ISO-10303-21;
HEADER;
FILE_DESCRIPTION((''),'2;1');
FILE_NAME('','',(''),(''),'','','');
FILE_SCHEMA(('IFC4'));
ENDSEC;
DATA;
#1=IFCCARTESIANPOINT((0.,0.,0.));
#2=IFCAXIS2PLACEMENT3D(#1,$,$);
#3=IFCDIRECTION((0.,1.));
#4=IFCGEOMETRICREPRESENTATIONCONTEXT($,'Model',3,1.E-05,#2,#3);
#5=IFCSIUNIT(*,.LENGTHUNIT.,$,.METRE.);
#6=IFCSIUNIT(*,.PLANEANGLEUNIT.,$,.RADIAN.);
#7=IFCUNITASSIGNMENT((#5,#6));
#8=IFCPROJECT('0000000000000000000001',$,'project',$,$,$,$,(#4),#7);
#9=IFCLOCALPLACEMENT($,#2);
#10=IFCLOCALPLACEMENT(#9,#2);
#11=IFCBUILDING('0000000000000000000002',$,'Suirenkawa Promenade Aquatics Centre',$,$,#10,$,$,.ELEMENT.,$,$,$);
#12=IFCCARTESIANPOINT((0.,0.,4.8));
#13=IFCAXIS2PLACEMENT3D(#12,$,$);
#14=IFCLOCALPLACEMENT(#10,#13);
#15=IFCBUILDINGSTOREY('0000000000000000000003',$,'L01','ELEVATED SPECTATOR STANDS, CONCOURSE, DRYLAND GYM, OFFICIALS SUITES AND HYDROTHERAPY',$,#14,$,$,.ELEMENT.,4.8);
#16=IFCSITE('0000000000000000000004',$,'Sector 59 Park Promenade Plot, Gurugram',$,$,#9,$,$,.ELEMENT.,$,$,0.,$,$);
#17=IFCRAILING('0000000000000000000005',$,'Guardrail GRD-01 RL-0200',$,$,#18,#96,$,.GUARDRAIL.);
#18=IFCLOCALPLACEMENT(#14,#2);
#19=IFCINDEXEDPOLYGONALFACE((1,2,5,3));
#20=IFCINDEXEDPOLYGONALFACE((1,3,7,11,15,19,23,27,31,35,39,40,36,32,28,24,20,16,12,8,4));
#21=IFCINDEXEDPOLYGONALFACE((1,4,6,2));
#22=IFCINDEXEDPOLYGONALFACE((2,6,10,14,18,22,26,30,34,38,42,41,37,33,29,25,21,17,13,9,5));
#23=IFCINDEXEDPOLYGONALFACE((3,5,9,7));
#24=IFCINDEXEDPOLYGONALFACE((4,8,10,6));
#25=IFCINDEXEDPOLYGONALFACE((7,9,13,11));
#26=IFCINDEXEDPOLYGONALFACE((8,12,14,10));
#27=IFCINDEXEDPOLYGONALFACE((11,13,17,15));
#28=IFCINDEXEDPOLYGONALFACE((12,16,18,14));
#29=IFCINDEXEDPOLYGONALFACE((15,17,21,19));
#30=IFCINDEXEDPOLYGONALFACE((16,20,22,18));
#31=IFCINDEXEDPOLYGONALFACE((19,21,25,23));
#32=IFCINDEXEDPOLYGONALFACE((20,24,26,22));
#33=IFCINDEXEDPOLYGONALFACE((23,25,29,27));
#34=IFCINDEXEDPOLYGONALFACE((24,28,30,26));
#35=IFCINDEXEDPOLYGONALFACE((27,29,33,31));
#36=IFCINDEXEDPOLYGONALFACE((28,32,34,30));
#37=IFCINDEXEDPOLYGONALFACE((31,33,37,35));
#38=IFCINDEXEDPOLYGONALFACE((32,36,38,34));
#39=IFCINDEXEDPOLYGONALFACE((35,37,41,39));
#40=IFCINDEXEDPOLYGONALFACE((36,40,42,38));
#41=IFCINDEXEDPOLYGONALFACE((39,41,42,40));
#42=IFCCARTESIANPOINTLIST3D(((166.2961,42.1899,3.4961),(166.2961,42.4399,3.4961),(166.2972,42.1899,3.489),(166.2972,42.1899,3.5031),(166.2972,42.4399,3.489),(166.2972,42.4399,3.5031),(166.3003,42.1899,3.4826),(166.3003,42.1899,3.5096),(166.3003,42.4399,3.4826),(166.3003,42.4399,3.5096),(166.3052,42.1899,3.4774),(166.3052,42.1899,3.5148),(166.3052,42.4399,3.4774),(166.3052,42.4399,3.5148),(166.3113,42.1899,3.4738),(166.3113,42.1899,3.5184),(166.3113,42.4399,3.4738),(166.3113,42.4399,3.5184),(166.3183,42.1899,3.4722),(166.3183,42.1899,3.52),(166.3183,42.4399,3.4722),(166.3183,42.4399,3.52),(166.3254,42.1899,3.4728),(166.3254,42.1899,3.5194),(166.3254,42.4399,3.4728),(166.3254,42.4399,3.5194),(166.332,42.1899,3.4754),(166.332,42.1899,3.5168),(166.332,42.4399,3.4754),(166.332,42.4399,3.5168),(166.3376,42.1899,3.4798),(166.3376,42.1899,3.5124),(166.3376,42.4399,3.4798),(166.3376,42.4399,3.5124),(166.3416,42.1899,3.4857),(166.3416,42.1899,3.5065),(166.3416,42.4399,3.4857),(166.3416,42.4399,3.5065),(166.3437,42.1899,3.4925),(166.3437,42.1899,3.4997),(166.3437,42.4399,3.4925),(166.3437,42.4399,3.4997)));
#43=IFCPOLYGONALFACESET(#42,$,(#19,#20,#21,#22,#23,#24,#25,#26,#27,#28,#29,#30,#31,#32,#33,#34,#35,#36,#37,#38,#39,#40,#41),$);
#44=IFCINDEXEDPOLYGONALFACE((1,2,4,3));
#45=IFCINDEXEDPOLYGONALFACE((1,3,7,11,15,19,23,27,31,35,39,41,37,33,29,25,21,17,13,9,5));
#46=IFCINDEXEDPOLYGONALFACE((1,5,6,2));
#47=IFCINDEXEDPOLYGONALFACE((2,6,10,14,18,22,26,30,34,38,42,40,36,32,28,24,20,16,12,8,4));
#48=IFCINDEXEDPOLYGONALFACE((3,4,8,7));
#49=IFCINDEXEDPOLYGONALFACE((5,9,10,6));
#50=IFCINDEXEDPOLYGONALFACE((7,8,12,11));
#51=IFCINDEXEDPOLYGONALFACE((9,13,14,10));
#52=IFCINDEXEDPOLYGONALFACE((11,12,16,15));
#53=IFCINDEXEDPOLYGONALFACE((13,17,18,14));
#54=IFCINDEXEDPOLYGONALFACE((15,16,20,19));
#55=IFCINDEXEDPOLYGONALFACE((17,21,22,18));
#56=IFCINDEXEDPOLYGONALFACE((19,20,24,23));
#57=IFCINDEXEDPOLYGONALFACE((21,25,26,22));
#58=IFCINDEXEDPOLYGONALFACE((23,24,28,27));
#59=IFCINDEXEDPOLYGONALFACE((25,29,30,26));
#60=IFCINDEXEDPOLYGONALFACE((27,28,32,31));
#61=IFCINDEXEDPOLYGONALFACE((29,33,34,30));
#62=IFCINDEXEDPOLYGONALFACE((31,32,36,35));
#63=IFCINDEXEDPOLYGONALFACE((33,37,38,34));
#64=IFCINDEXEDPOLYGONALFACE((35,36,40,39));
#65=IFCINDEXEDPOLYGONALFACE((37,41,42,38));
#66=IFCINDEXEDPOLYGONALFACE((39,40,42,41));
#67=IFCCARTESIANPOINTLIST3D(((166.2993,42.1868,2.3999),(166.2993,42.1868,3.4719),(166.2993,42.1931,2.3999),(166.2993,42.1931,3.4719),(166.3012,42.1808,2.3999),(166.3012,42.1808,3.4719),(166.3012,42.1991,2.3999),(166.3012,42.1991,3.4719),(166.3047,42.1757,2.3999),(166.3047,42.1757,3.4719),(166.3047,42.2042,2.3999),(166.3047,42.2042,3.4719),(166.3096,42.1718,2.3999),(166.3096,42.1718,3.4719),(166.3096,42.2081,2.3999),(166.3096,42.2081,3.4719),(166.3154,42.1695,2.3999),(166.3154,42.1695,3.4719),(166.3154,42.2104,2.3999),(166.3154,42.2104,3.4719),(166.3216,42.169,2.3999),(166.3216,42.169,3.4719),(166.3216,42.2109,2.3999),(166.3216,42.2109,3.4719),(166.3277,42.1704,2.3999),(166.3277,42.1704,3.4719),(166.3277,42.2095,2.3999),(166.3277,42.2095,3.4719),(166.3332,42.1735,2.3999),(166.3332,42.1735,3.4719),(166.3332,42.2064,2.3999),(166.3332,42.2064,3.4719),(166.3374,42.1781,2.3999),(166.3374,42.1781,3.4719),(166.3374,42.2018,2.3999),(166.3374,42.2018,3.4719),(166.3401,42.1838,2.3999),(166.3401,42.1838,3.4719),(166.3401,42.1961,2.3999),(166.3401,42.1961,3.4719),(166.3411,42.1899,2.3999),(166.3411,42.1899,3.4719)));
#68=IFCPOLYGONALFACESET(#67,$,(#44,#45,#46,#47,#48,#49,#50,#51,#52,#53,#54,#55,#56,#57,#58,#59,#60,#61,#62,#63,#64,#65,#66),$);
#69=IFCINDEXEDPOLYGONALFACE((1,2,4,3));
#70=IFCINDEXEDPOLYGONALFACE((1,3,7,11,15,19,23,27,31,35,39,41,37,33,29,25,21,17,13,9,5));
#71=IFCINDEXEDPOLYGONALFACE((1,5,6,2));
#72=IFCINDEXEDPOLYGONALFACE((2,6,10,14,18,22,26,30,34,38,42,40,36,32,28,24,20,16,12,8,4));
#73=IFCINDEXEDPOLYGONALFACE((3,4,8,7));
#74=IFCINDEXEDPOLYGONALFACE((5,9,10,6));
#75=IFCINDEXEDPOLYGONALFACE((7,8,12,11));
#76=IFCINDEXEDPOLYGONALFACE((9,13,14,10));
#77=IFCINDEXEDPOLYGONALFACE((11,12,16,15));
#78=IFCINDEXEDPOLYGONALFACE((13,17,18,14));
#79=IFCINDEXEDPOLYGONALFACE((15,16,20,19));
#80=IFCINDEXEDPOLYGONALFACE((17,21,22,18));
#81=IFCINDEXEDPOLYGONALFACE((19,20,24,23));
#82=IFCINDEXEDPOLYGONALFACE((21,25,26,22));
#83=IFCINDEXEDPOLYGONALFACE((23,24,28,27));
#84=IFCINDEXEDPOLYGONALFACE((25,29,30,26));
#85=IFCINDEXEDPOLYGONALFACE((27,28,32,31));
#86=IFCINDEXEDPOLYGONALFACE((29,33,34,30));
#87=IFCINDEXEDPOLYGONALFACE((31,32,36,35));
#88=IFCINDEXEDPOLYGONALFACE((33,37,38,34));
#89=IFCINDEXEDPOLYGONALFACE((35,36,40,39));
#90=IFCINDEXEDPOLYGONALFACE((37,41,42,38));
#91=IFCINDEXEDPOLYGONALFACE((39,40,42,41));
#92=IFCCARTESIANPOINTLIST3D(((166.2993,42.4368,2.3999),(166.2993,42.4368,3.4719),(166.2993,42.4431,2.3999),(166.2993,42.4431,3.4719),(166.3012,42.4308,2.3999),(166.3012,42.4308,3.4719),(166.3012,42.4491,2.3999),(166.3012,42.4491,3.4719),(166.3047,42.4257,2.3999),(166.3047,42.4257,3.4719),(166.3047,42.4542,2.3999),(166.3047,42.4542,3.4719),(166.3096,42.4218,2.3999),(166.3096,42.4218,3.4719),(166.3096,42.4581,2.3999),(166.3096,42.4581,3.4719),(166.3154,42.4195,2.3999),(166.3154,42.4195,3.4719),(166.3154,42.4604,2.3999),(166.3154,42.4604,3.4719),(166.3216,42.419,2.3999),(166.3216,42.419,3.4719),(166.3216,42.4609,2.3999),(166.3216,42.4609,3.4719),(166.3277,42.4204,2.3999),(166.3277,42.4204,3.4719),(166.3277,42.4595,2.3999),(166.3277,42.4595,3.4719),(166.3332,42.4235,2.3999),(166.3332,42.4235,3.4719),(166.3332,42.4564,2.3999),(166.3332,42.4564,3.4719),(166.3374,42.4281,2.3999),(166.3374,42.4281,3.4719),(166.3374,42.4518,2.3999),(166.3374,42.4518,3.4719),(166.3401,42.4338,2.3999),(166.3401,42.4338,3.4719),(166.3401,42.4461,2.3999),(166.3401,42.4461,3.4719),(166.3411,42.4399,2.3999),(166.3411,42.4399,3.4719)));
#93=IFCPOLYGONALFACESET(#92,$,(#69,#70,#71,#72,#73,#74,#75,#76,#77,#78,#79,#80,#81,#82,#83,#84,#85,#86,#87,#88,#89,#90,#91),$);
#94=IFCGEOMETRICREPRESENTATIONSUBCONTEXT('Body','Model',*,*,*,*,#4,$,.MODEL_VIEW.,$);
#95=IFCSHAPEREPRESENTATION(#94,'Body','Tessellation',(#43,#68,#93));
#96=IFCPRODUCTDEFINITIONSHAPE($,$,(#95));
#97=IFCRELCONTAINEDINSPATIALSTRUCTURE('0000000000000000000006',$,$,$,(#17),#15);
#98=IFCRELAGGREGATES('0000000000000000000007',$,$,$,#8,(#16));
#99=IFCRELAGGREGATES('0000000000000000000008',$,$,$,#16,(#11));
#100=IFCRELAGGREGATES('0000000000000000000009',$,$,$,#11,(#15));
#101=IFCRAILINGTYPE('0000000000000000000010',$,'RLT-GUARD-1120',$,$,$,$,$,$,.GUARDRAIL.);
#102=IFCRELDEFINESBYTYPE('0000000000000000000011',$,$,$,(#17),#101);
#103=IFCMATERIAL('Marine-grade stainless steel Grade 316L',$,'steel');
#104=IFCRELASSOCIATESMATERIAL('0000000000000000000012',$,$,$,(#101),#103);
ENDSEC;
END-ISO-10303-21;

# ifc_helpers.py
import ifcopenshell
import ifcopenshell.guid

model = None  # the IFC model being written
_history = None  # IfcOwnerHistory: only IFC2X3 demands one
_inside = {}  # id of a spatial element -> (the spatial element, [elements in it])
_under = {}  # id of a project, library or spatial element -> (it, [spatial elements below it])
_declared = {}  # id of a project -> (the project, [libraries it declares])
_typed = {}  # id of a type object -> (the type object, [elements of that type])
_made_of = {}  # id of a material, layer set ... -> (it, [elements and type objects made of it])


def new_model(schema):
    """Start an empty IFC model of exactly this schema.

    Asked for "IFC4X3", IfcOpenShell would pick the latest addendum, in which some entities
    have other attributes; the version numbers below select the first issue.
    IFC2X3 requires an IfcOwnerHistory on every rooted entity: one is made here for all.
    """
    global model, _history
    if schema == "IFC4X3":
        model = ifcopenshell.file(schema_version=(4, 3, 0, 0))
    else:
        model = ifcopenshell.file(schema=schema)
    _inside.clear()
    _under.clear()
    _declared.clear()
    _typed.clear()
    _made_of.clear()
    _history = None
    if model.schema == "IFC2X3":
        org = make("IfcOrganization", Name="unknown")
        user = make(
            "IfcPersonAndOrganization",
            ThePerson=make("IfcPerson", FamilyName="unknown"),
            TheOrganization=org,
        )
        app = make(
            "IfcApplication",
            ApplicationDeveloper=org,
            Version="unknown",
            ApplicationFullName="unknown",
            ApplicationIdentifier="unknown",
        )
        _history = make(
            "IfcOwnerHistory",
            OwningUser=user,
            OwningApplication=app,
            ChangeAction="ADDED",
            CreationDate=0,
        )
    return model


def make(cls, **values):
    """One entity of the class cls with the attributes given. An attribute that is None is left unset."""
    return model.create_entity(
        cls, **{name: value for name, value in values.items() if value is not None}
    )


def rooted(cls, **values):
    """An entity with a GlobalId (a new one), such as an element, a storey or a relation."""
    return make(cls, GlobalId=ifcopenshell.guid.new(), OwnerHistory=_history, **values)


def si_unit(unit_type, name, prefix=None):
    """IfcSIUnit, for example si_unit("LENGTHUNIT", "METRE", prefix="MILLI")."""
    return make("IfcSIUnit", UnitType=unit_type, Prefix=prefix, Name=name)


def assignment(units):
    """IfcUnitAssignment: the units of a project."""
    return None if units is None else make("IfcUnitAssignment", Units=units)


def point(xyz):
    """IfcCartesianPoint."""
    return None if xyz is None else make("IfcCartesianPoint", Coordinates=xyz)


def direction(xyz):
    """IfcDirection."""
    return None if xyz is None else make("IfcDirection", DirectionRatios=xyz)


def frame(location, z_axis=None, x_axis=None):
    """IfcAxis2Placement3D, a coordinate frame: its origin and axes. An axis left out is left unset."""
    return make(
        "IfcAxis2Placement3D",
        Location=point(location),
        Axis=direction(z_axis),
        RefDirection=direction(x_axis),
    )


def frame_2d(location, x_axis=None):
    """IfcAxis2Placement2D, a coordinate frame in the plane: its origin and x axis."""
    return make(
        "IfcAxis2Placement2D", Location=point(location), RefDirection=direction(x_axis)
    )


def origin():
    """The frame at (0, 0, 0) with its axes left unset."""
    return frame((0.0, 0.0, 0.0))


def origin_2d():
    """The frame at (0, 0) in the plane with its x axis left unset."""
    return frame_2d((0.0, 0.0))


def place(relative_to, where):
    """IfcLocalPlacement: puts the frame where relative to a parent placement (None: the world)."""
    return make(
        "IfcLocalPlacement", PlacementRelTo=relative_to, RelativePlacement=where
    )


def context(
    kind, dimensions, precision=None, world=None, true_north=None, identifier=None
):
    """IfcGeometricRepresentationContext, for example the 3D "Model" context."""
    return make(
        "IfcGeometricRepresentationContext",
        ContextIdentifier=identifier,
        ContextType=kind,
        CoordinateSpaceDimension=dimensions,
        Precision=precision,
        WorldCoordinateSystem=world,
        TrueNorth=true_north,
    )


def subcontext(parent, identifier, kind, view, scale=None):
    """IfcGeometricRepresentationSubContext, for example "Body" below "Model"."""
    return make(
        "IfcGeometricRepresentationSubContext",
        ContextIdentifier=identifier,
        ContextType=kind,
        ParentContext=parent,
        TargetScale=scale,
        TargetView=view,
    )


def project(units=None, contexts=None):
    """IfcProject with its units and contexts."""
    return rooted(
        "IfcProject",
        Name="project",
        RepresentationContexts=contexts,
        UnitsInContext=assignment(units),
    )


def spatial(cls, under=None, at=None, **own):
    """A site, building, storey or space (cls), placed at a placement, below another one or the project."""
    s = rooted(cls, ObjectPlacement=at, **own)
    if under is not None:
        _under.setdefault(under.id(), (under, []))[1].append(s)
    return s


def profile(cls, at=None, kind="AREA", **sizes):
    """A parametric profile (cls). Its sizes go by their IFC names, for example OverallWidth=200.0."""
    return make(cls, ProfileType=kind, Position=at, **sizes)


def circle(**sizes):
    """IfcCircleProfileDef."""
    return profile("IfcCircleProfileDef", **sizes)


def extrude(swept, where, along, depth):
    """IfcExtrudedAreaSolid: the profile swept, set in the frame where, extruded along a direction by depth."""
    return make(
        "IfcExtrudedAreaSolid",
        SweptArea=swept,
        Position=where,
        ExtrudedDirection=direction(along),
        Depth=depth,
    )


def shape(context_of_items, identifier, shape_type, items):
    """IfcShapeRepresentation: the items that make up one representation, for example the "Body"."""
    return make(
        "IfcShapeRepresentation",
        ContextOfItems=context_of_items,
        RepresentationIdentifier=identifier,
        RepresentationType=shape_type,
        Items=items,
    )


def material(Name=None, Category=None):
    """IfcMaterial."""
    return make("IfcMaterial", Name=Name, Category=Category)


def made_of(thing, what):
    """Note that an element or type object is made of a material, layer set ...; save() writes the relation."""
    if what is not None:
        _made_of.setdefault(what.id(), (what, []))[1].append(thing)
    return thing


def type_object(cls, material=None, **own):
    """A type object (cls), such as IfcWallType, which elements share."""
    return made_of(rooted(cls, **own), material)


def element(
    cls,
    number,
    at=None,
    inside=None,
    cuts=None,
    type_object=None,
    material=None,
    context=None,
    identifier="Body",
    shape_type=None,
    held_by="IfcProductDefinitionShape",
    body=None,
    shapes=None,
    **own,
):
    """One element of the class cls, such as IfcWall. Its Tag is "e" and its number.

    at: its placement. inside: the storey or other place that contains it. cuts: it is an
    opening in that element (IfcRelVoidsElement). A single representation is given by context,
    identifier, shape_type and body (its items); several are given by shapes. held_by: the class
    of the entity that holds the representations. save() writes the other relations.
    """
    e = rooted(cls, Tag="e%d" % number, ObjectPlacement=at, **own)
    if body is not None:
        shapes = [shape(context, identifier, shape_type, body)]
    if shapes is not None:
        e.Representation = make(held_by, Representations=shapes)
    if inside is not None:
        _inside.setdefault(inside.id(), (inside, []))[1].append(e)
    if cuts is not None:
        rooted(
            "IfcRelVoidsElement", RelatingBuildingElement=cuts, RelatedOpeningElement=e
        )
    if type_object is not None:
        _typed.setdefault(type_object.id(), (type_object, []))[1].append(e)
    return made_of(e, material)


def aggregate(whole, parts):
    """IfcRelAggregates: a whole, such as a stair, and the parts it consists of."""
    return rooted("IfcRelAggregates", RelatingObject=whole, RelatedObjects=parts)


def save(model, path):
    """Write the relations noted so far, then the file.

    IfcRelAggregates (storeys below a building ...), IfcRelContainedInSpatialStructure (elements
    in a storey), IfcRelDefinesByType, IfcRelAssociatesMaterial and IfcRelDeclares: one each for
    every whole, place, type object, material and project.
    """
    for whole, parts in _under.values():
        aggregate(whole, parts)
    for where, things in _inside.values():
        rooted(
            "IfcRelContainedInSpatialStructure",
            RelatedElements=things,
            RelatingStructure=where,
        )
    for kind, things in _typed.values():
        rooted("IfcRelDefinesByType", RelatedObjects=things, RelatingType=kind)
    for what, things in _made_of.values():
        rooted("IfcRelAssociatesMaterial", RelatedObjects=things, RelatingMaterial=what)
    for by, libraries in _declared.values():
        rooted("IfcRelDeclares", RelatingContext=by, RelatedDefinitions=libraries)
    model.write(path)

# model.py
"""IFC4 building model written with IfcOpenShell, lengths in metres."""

from ifc_helpers import new_model, si_unit, direction, frame, origin, origin_2d, place, context, subcontext, project, spatial, circle, extrude, material, type_object, element, save


model = new_model("IFC4")

# Units and contexts
model_context = context("Model", 3, precision=1e-05, world=origin(), true_north=direction((0.0, 1.0)))
body_context = subcontext(model_context, "Body", "Model", "MODEL_VIEW")
ifc_project = project(units=[si_unit("LENGTHUNIT", "METRE"), si_unit("PLANEANGLEUNIT", "RADIAN")], contexts=[model_context])

# Site, building, storey
site_placement = place(None, origin())
site = spatial("IfcSite", under=ifc_project, at=site_placement, Name="Sector 59 Park Promenade Plot, Gurugram", CompositionType="ELEMENT", RefElevation=0.0)
building_placement = place(site_placement, origin())
building = spatial("IfcBuilding", under=site, at=building_placement, Name="Suirenkawa Promenade Aquatics Centre", CompositionType="ELEMENT")
storey_placement = place(building_placement, frame((0.0, 0.0, 4.8)))
storey = spatial("IfcBuildingStorey", under=building, at=storey_placement, Name="L01", Description="ELEVATED SPECTATOR STANDS, CONCOURSE, DRYLAND GYM, OFFICIALS SUITES AND HYDROTHERAPY", CompositionType="ELEMENT", Elevation=4.8)

# Railing
ifc_material_1 = material(Name="Marine-grade stainless steel Grade 316L", Category="steel")
railing_type_1 = type_object("IfcRailingType", Name="RLT-GUARD-1120", PredefinedType="GUARDRAIL", material=ifc_material_1)
railing_1_placement = place(storey_placement, frame((166.3201, 42.1899, 2.3999)))
element("IfcRailing", 1, at=railing_1_placement, inside=storey, type_object=railing_type_1, Name="Guardrail GRD-01 RL-0200", PredefinedType="GUARDRAIL", context=body_context, shape_type="SweptSolid", body=[
    extrude(circle(Radius=0.0239, at=origin_2d()), frame((0.0, 0.0, 1.0962), z_axis=(0.0, 1.0, 0.0), x_axis=(-1.0, 0.0, 0.0)), (0.0, 0.0, 1.0), 0.25),
    extrude(circle(Radius=0.021, at=origin_2d()), origin(), (0.0, 0.0, 1.0), 1.072),
    extrude(circle(Radius=0.021, at=origin_2d()), frame((0.0, 0.25, 0.0)), (0.0, 0.0, 1.0), 1.072),
])

save(model, "model.ifc")
